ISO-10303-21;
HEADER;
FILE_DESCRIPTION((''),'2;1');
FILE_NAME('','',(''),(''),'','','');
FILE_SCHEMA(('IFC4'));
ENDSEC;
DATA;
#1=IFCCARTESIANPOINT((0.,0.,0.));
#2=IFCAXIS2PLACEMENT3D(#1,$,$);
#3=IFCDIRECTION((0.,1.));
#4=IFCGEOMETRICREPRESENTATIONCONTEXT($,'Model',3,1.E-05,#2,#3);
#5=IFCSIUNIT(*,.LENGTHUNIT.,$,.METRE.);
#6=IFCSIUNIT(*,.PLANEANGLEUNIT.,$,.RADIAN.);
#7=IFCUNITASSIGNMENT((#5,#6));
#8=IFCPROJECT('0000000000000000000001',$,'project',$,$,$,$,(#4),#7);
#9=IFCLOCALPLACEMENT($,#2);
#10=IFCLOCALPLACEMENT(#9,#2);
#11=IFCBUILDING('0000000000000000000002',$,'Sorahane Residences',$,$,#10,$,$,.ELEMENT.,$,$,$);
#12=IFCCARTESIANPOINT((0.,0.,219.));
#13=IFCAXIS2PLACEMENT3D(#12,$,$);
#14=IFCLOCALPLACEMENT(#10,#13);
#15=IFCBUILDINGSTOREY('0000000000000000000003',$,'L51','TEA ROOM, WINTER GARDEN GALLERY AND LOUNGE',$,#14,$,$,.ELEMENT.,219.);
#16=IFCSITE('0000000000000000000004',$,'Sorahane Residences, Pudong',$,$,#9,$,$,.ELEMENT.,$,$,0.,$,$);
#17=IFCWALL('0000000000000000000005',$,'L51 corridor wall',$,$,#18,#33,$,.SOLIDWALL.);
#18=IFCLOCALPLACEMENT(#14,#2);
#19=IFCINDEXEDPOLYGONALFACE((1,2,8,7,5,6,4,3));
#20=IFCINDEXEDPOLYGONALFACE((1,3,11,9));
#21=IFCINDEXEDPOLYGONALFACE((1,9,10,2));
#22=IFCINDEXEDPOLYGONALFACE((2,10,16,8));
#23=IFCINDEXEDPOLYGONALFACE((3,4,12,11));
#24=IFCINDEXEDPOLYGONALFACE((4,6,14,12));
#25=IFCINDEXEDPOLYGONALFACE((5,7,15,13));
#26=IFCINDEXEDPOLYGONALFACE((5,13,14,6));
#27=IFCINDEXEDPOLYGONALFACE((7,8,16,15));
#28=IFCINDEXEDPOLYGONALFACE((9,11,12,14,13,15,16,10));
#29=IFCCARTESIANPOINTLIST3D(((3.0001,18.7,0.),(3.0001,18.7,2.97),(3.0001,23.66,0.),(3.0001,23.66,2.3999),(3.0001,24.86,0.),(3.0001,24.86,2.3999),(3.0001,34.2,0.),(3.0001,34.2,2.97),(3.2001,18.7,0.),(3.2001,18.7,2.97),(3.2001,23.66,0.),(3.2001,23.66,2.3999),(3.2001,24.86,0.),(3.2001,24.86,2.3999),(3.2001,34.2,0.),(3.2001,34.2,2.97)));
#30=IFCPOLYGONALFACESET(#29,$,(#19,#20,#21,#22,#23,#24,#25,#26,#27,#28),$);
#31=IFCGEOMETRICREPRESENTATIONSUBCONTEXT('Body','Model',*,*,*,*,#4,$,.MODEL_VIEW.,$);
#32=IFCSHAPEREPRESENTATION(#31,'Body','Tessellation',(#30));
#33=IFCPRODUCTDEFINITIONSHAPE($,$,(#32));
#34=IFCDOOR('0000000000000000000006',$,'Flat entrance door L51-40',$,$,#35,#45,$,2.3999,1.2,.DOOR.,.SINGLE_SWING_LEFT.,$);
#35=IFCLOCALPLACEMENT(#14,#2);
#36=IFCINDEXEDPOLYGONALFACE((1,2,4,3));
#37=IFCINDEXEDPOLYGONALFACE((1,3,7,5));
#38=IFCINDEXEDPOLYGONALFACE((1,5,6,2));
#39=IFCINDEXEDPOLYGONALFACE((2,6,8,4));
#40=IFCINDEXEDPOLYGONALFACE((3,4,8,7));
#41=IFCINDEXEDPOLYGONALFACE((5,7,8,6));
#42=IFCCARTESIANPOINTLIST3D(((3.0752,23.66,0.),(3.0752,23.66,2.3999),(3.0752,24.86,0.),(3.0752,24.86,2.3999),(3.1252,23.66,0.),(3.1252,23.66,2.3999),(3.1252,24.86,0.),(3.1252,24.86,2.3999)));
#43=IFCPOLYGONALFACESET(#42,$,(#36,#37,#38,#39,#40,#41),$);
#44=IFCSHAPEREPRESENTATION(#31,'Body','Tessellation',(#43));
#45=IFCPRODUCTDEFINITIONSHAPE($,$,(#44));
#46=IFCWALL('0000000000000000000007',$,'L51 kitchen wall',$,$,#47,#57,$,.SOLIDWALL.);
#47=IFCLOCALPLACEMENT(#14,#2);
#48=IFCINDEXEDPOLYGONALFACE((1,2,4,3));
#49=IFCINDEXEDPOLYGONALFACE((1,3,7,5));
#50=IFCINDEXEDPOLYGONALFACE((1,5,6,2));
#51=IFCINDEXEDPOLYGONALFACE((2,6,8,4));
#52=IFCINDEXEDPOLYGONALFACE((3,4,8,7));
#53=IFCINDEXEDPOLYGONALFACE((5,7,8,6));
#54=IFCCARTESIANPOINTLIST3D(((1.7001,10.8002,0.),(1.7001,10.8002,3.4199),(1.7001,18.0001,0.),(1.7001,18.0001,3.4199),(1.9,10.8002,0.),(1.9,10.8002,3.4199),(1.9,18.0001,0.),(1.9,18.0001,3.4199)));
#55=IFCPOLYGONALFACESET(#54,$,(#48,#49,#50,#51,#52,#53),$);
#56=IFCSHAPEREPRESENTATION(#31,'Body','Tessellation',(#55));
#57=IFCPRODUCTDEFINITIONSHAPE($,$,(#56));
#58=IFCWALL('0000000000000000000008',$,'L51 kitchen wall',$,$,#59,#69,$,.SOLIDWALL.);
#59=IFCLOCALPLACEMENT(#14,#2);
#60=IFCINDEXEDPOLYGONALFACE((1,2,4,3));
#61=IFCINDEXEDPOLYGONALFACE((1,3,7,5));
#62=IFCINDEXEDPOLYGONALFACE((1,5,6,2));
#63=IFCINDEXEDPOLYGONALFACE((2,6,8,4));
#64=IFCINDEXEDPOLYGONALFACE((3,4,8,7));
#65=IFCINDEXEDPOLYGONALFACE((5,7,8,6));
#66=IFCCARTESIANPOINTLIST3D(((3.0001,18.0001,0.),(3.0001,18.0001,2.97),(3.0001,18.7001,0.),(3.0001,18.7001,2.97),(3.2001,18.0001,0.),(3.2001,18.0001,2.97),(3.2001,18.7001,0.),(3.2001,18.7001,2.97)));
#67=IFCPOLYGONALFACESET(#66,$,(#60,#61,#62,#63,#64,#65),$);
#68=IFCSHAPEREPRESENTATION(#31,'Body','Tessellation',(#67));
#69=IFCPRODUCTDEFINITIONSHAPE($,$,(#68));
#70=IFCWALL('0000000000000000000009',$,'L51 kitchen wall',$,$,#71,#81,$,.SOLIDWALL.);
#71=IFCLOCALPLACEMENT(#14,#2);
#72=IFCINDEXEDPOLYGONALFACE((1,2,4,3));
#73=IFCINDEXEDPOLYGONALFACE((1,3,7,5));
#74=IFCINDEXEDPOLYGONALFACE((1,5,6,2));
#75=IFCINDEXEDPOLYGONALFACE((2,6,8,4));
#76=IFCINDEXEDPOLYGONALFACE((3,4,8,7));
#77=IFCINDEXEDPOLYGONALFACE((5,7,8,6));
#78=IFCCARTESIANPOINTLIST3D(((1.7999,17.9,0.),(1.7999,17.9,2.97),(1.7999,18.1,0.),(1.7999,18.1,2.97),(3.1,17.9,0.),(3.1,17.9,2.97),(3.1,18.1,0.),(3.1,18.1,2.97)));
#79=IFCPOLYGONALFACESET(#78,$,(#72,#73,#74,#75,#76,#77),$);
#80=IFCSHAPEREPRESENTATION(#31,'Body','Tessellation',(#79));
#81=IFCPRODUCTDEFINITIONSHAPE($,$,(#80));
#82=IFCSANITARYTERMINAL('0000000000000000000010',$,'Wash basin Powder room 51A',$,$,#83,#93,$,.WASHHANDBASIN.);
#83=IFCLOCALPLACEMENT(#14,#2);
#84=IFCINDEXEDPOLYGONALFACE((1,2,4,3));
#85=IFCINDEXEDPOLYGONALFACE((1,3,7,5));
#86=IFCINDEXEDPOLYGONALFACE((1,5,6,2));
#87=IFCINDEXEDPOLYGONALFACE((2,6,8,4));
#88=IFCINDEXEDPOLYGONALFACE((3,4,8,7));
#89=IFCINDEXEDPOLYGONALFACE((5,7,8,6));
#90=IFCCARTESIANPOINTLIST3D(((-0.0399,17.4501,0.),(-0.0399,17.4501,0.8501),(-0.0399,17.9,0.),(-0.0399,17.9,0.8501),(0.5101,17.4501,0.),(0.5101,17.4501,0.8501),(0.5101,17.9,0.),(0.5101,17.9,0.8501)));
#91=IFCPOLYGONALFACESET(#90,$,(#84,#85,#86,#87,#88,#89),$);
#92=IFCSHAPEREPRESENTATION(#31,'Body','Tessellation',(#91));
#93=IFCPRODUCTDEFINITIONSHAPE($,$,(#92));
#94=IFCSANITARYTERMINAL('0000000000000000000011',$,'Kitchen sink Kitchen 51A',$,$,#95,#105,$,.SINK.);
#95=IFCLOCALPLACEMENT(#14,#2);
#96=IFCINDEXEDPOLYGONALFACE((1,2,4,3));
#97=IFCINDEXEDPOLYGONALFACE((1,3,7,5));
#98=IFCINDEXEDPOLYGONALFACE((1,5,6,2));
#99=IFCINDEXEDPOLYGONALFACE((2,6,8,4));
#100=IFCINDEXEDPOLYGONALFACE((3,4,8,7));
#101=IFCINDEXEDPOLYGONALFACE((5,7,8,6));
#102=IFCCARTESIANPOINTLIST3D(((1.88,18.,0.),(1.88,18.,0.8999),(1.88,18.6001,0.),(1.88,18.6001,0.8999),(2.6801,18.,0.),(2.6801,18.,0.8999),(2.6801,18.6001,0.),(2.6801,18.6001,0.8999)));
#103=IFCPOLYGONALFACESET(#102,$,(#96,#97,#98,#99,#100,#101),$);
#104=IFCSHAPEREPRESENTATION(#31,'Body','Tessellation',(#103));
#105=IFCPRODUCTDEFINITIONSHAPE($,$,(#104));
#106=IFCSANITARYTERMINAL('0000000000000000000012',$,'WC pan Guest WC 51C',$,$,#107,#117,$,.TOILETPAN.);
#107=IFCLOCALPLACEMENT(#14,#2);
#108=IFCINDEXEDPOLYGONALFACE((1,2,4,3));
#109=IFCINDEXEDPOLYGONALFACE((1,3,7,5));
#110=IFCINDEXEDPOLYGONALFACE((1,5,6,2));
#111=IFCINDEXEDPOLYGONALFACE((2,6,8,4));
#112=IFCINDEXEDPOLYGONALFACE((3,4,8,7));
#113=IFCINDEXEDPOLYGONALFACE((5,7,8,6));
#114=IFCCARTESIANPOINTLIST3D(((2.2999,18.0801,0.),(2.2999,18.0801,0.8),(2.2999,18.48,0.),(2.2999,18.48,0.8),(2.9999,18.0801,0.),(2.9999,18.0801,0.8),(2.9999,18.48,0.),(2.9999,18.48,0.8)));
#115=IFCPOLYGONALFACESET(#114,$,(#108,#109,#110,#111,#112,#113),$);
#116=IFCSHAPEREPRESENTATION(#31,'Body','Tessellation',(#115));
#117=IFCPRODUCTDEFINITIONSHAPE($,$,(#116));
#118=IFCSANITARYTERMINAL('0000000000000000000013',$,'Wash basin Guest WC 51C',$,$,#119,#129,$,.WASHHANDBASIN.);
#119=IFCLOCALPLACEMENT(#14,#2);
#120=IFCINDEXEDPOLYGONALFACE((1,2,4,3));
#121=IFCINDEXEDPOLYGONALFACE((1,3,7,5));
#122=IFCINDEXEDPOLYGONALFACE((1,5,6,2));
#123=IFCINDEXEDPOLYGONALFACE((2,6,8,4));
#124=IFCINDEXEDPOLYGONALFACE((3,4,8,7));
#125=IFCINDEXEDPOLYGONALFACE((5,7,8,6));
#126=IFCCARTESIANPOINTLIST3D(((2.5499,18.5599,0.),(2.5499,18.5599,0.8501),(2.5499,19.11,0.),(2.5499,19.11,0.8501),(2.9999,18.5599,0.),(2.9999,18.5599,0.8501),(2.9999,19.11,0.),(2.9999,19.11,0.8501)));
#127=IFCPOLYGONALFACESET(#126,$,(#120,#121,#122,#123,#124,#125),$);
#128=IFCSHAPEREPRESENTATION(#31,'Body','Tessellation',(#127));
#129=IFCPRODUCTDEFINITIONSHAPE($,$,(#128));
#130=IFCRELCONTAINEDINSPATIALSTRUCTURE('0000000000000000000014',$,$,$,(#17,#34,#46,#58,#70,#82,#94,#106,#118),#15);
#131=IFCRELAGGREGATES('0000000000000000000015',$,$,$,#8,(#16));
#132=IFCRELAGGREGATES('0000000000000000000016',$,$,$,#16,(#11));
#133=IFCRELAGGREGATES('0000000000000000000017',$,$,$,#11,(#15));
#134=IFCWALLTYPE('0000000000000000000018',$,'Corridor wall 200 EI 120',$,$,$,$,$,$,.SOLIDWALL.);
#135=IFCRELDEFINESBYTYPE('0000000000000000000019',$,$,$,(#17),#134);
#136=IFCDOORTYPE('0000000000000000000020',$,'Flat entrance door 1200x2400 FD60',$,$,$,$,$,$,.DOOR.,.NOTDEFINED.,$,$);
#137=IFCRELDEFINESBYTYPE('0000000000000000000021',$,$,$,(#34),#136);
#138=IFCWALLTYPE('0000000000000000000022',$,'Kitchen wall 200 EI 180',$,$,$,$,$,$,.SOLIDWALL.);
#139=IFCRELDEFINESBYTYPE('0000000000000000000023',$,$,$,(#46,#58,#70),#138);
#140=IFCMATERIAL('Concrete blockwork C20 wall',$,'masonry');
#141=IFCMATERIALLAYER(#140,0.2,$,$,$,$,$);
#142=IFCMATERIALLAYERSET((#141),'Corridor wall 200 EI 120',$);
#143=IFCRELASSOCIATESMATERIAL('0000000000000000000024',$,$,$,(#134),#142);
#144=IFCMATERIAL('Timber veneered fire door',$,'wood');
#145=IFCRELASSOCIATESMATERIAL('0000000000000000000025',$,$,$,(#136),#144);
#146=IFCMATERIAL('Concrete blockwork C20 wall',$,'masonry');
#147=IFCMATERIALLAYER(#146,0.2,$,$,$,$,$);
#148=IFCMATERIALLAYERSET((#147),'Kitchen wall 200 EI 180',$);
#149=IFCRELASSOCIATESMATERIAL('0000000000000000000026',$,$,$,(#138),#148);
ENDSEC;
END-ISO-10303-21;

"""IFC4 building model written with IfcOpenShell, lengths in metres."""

from ifc_helpers import new_model, si_unit, direction, frame, frame_2d, origin, origin_2d, place, context, subcontext, project, spatial, rectangle, extrude, material, layer, layer_set, type_object, element, fill, save


model = new_model("IFC4")

# Units and contexts
model_context = context("Model", 3, precision=1e-05, world=origin(), true_north=direction((0.0, 1.0)))
body_context = subcontext(model_context, "Body", "Model", "MODEL_VIEW")
ifc_project = project(units=[si_unit("LENGTHUNIT", "METRE"), si_unit("PLANEANGLEUNIT", "RADIAN")], contexts=[model_context])

# Site, building, storey
site_placement = place(None, origin())
site = spatial("IfcSite", under=ifc_project, at=site_placement, Name="Sorahane Residences, Pudong", CompositionType="ELEMENT", RefElevation=0.0)
building_placement = place(site_placement, origin())
building = spatial("IfcBuilding", under=site, at=building_placement, Name="Sorahane Residences", CompositionType="ELEMENT")
storey_placement = place(building_placement, frame((0.0, 0.0, 219.0)))
storey = spatial("IfcBuildingStorey", under=building, at=storey_placement, Name="L51", Description="TEA ROOM, WINTER GARDEN GALLERY AND LOUNGE", CompositionType="ELEMENT", Elevation=219.0)

# Wall, opening, door
ifc_material_1 = material(Name="Concrete blockwork C20 wall", Category="masonry")
ifc_layer_1 = layer(ifc_material_1, 0.2)
ifc_layer_set_1 = layer_set([ifc_layer_1], Name="Corridor wall 200 EI 120")
wall_type_1 = type_object("IfcWallType", Name="Corridor wall 200 EI 120", PredefinedType="SOLIDWALL", material=ifc_layer_set_1)
wall_1_placement = place(storey_placement, frame((3.1001, 18.7, 0.0), z_axis=(0.0, 0.0, 1.0), x_axis=(0.0, 1.0, 0.0)))
wall_1 = element("IfcWall", 1, at=wall_1_placement, inside=storey, type_object=wall_type_1, Name="L51 corridor wall", PredefinedType="SOLIDWALL", context=body_context, shape_type="SweptSolid", body=[
    extrude(rectangle(XDim=15.5, YDim=0.2, at=frame_2d((7.75, 0.0))), origin(), (0.0, 0.0, 1.0), 2.97),
])
opening_1_placement = place(wall_1_placement, frame((4.96, 0.0, 0.0)))
opening_1 = element("IfcOpeningElement", 2, at=opening_1_placement, cuts=wall_1, PredefinedType="OPENING", context=body_context, shape_type="SweptSolid", body=[
    extrude(rectangle(XDim=1.2, YDim=2.3999, at=frame_2d((0.6001, 1.2))), frame((0.0, 0.1099, 0.0), z_axis=(0.0, -1.0, 0.0), x_axis=(1.0, 0.0, 0.0)), (0.0, 0.0, 1.0), 0.22),
])
ifc_material_2 = material(Name="Timber veneered fire door", Category="wood")
door_type_1 = type_object("IfcDoorType", Name="Flat entrance door 1200x2400 FD60", OperationType="NOTDEFINED", PredefinedType="DOOR", material=ifc_material_2)
door_1_placement = place(opening_1_placement, origin())
door_1 = element("IfcDoor", 3, at=door_1_placement, inside=storey, type_object=door_type_1, Name="Flat entrance door L51-40", OperationType="SINGLE_SWING_LEFT", OverallHeight=2.3999, OverallWidth=1.2, PredefinedType="DOOR", context=body_context, shape_type="SweptSolid", body=[
    extrude(rectangle(XDim=1.2, YDim=2.3999, at=frame_2d((0.6001, 1.2))), frame((0.0, 0.0249, 0.0), z_axis=(0.0, -1.0, 0.0), x_axis=(1.0, 0.0, 0.0)), (0.0, 0.0, 1.0), 0.05),
])
fill(opening_1, door_1)

# Walls
ifc_material_3 = material(Name="Concrete blockwork C20 wall", Category="masonry")
ifc_layer_2 = layer(ifc_material_3, 0.2)
ifc_layer_set_2 = layer_set([ifc_layer_2], Name="Kitchen wall 200 EI 180")
wall_type_2 = type_object("IfcWallType", Name="Kitchen wall 200 EI 180", PredefinedType="SOLIDWALL", material=ifc_layer_set_2)
wall_2_placement = place(storey_placement, frame((1.8, 10.8, 0.0), z_axis=(0.0, 0.0, 1.0), x_axis=(0.0, 1.0, 0.0)))
element("IfcWall", 4, at=wall_2_placement, inside=storey, type_object=wall_type_2, Name="L51 kitchen wall", PredefinedType="SOLIDWALL", context=body_context, shape_type="SweptSolid", body=[
    extrude(rectangle(XDim=7.2, YDim=0.2, at=frame_2d((3.6001, 0.0))), origin(), (0.0, 0.0, 1.0), 3.4199),
])
wall_3_placement = place(storey_placement, frame((3.1001, 18.0, 0.0), z_axis=(0.0, 0.0, 1.0), x_axis=(0.0, 1.0, 0.0)))
element("IfcWall", 5, at=wall_3_placement, inside=storey, type_object=wall_type_2, Name="L51 kitchen wall", PredefinedType="SOLIDWALL", context=body_context, shape_type="SweptSolid", body=[
    extrude(rectangle(XDim=0.7, YDim=0.2, at=frame_2d((0.3501, 0.0))), origin(), (0.0, 0.0, 1.0), 2.97),
])

# Wall
wall_4_placement = place(storey_placement, frame((1.8, 18.0, 0.0), z_axis=(0.0, 0.0, 1.0), x_axis=(1.0, 0.0, 0.0)))
element("IfcWall", 6, at=wall_4_placement, inside=storey, type_object=wall_type_2, Name="L51 kitchen wall", PredefinedType="SOLIDWALL", context=body_context, shape_type="SweptSolid", body=[
    extrude(rectangle(XDim=1.3, YDim=0.2, at=frame_2d((0.6499, 0.0))), origin(), (0.0, 0.0, 1.0), 2.97),
])

# Sanitary terminals
sanitary_terminal_1_placement = place(storey_placement, frame((0.2351, 17.675, 0.0), z_axis=(0.0, 0.0, 1.0), x_axis=(1.0, 0.0, 0.0)))
element("IfcSanitaryTerminal", 7, at=sanitary_terminal_1_placement, inside=storey, Name="Wash basin Powder room 51A", PredefinedType="WASHHANDBASIN", context=body_context, shape_type="SweptSolid", body=[
    extrude(rectangle(XDim=0.55, YDim=0.45, at=origin_2d()), origin(), (0.0, 0.0, 1.0), 0.8501),
])
sanitary_terminal_2_placement = place(storey_placement, frame((2.28, 18.3, 0.0), z_axis=(0.0, 0.0, 1.0), x_axis=(1.0, 0.0, 0.0)))
element("IfcSanitaryTerminal", 8, at=sanitary_terminal_2_placement, inside=storey, Name="Kitchen sink Kitchen 51A", PredefinedType="SINK", context=body_context, shape_type="SweptSolid", body=[
    extrude(rectangle(XDim=0.8, YDim=0.6001, at=origin_2d()), origin(), (0.0, 0.0, 1.0), 0.8999),
])
sanitary_terminal_3_placement = place(storey_placement, frame((2.6499, 18.28, 0.0), z_axis=(0.0, 0.0, 1.0), x_axis=(0.0, -1.0, 0.0)))
element("IfcSanitaryTerminal", 9, at=sanitary_terminal_3_placement, inside=storey, Name="WC pan Guest WC 51C", PredefinedType="TOILETPAN", context=body_context, shape_type="SweptSolid", body=[
    extrude(rectangle(XDim=0.3999, YDim=0.7, at=origin_2d()), origin(), (0.0, 0.0, 1.0), 0.8),
])
sanitary_terminal_4_placement = place(storey_placement, frame((2.7749, 18.835, 0.0), z_axis=(0.0, 0.0, 1.0), x_axis=(0.0, -1.0, 0.0)))
element("IfcSanitaryTerminal", 10, at=sanitary_terminal_4_placement, inside=storey, Name="Wash basin Guest WC 51C", PredefinedType="WASHHANDBASIN", context=body_context, shape_type="SweptSolid", body=[
    extrude(rectangle(XDim=0.55, YDim=0.45, at=origin_2d()), origin(), (0.0, 0.0, 1.0), 0.8501),
])

save(model, "model.ifc")
